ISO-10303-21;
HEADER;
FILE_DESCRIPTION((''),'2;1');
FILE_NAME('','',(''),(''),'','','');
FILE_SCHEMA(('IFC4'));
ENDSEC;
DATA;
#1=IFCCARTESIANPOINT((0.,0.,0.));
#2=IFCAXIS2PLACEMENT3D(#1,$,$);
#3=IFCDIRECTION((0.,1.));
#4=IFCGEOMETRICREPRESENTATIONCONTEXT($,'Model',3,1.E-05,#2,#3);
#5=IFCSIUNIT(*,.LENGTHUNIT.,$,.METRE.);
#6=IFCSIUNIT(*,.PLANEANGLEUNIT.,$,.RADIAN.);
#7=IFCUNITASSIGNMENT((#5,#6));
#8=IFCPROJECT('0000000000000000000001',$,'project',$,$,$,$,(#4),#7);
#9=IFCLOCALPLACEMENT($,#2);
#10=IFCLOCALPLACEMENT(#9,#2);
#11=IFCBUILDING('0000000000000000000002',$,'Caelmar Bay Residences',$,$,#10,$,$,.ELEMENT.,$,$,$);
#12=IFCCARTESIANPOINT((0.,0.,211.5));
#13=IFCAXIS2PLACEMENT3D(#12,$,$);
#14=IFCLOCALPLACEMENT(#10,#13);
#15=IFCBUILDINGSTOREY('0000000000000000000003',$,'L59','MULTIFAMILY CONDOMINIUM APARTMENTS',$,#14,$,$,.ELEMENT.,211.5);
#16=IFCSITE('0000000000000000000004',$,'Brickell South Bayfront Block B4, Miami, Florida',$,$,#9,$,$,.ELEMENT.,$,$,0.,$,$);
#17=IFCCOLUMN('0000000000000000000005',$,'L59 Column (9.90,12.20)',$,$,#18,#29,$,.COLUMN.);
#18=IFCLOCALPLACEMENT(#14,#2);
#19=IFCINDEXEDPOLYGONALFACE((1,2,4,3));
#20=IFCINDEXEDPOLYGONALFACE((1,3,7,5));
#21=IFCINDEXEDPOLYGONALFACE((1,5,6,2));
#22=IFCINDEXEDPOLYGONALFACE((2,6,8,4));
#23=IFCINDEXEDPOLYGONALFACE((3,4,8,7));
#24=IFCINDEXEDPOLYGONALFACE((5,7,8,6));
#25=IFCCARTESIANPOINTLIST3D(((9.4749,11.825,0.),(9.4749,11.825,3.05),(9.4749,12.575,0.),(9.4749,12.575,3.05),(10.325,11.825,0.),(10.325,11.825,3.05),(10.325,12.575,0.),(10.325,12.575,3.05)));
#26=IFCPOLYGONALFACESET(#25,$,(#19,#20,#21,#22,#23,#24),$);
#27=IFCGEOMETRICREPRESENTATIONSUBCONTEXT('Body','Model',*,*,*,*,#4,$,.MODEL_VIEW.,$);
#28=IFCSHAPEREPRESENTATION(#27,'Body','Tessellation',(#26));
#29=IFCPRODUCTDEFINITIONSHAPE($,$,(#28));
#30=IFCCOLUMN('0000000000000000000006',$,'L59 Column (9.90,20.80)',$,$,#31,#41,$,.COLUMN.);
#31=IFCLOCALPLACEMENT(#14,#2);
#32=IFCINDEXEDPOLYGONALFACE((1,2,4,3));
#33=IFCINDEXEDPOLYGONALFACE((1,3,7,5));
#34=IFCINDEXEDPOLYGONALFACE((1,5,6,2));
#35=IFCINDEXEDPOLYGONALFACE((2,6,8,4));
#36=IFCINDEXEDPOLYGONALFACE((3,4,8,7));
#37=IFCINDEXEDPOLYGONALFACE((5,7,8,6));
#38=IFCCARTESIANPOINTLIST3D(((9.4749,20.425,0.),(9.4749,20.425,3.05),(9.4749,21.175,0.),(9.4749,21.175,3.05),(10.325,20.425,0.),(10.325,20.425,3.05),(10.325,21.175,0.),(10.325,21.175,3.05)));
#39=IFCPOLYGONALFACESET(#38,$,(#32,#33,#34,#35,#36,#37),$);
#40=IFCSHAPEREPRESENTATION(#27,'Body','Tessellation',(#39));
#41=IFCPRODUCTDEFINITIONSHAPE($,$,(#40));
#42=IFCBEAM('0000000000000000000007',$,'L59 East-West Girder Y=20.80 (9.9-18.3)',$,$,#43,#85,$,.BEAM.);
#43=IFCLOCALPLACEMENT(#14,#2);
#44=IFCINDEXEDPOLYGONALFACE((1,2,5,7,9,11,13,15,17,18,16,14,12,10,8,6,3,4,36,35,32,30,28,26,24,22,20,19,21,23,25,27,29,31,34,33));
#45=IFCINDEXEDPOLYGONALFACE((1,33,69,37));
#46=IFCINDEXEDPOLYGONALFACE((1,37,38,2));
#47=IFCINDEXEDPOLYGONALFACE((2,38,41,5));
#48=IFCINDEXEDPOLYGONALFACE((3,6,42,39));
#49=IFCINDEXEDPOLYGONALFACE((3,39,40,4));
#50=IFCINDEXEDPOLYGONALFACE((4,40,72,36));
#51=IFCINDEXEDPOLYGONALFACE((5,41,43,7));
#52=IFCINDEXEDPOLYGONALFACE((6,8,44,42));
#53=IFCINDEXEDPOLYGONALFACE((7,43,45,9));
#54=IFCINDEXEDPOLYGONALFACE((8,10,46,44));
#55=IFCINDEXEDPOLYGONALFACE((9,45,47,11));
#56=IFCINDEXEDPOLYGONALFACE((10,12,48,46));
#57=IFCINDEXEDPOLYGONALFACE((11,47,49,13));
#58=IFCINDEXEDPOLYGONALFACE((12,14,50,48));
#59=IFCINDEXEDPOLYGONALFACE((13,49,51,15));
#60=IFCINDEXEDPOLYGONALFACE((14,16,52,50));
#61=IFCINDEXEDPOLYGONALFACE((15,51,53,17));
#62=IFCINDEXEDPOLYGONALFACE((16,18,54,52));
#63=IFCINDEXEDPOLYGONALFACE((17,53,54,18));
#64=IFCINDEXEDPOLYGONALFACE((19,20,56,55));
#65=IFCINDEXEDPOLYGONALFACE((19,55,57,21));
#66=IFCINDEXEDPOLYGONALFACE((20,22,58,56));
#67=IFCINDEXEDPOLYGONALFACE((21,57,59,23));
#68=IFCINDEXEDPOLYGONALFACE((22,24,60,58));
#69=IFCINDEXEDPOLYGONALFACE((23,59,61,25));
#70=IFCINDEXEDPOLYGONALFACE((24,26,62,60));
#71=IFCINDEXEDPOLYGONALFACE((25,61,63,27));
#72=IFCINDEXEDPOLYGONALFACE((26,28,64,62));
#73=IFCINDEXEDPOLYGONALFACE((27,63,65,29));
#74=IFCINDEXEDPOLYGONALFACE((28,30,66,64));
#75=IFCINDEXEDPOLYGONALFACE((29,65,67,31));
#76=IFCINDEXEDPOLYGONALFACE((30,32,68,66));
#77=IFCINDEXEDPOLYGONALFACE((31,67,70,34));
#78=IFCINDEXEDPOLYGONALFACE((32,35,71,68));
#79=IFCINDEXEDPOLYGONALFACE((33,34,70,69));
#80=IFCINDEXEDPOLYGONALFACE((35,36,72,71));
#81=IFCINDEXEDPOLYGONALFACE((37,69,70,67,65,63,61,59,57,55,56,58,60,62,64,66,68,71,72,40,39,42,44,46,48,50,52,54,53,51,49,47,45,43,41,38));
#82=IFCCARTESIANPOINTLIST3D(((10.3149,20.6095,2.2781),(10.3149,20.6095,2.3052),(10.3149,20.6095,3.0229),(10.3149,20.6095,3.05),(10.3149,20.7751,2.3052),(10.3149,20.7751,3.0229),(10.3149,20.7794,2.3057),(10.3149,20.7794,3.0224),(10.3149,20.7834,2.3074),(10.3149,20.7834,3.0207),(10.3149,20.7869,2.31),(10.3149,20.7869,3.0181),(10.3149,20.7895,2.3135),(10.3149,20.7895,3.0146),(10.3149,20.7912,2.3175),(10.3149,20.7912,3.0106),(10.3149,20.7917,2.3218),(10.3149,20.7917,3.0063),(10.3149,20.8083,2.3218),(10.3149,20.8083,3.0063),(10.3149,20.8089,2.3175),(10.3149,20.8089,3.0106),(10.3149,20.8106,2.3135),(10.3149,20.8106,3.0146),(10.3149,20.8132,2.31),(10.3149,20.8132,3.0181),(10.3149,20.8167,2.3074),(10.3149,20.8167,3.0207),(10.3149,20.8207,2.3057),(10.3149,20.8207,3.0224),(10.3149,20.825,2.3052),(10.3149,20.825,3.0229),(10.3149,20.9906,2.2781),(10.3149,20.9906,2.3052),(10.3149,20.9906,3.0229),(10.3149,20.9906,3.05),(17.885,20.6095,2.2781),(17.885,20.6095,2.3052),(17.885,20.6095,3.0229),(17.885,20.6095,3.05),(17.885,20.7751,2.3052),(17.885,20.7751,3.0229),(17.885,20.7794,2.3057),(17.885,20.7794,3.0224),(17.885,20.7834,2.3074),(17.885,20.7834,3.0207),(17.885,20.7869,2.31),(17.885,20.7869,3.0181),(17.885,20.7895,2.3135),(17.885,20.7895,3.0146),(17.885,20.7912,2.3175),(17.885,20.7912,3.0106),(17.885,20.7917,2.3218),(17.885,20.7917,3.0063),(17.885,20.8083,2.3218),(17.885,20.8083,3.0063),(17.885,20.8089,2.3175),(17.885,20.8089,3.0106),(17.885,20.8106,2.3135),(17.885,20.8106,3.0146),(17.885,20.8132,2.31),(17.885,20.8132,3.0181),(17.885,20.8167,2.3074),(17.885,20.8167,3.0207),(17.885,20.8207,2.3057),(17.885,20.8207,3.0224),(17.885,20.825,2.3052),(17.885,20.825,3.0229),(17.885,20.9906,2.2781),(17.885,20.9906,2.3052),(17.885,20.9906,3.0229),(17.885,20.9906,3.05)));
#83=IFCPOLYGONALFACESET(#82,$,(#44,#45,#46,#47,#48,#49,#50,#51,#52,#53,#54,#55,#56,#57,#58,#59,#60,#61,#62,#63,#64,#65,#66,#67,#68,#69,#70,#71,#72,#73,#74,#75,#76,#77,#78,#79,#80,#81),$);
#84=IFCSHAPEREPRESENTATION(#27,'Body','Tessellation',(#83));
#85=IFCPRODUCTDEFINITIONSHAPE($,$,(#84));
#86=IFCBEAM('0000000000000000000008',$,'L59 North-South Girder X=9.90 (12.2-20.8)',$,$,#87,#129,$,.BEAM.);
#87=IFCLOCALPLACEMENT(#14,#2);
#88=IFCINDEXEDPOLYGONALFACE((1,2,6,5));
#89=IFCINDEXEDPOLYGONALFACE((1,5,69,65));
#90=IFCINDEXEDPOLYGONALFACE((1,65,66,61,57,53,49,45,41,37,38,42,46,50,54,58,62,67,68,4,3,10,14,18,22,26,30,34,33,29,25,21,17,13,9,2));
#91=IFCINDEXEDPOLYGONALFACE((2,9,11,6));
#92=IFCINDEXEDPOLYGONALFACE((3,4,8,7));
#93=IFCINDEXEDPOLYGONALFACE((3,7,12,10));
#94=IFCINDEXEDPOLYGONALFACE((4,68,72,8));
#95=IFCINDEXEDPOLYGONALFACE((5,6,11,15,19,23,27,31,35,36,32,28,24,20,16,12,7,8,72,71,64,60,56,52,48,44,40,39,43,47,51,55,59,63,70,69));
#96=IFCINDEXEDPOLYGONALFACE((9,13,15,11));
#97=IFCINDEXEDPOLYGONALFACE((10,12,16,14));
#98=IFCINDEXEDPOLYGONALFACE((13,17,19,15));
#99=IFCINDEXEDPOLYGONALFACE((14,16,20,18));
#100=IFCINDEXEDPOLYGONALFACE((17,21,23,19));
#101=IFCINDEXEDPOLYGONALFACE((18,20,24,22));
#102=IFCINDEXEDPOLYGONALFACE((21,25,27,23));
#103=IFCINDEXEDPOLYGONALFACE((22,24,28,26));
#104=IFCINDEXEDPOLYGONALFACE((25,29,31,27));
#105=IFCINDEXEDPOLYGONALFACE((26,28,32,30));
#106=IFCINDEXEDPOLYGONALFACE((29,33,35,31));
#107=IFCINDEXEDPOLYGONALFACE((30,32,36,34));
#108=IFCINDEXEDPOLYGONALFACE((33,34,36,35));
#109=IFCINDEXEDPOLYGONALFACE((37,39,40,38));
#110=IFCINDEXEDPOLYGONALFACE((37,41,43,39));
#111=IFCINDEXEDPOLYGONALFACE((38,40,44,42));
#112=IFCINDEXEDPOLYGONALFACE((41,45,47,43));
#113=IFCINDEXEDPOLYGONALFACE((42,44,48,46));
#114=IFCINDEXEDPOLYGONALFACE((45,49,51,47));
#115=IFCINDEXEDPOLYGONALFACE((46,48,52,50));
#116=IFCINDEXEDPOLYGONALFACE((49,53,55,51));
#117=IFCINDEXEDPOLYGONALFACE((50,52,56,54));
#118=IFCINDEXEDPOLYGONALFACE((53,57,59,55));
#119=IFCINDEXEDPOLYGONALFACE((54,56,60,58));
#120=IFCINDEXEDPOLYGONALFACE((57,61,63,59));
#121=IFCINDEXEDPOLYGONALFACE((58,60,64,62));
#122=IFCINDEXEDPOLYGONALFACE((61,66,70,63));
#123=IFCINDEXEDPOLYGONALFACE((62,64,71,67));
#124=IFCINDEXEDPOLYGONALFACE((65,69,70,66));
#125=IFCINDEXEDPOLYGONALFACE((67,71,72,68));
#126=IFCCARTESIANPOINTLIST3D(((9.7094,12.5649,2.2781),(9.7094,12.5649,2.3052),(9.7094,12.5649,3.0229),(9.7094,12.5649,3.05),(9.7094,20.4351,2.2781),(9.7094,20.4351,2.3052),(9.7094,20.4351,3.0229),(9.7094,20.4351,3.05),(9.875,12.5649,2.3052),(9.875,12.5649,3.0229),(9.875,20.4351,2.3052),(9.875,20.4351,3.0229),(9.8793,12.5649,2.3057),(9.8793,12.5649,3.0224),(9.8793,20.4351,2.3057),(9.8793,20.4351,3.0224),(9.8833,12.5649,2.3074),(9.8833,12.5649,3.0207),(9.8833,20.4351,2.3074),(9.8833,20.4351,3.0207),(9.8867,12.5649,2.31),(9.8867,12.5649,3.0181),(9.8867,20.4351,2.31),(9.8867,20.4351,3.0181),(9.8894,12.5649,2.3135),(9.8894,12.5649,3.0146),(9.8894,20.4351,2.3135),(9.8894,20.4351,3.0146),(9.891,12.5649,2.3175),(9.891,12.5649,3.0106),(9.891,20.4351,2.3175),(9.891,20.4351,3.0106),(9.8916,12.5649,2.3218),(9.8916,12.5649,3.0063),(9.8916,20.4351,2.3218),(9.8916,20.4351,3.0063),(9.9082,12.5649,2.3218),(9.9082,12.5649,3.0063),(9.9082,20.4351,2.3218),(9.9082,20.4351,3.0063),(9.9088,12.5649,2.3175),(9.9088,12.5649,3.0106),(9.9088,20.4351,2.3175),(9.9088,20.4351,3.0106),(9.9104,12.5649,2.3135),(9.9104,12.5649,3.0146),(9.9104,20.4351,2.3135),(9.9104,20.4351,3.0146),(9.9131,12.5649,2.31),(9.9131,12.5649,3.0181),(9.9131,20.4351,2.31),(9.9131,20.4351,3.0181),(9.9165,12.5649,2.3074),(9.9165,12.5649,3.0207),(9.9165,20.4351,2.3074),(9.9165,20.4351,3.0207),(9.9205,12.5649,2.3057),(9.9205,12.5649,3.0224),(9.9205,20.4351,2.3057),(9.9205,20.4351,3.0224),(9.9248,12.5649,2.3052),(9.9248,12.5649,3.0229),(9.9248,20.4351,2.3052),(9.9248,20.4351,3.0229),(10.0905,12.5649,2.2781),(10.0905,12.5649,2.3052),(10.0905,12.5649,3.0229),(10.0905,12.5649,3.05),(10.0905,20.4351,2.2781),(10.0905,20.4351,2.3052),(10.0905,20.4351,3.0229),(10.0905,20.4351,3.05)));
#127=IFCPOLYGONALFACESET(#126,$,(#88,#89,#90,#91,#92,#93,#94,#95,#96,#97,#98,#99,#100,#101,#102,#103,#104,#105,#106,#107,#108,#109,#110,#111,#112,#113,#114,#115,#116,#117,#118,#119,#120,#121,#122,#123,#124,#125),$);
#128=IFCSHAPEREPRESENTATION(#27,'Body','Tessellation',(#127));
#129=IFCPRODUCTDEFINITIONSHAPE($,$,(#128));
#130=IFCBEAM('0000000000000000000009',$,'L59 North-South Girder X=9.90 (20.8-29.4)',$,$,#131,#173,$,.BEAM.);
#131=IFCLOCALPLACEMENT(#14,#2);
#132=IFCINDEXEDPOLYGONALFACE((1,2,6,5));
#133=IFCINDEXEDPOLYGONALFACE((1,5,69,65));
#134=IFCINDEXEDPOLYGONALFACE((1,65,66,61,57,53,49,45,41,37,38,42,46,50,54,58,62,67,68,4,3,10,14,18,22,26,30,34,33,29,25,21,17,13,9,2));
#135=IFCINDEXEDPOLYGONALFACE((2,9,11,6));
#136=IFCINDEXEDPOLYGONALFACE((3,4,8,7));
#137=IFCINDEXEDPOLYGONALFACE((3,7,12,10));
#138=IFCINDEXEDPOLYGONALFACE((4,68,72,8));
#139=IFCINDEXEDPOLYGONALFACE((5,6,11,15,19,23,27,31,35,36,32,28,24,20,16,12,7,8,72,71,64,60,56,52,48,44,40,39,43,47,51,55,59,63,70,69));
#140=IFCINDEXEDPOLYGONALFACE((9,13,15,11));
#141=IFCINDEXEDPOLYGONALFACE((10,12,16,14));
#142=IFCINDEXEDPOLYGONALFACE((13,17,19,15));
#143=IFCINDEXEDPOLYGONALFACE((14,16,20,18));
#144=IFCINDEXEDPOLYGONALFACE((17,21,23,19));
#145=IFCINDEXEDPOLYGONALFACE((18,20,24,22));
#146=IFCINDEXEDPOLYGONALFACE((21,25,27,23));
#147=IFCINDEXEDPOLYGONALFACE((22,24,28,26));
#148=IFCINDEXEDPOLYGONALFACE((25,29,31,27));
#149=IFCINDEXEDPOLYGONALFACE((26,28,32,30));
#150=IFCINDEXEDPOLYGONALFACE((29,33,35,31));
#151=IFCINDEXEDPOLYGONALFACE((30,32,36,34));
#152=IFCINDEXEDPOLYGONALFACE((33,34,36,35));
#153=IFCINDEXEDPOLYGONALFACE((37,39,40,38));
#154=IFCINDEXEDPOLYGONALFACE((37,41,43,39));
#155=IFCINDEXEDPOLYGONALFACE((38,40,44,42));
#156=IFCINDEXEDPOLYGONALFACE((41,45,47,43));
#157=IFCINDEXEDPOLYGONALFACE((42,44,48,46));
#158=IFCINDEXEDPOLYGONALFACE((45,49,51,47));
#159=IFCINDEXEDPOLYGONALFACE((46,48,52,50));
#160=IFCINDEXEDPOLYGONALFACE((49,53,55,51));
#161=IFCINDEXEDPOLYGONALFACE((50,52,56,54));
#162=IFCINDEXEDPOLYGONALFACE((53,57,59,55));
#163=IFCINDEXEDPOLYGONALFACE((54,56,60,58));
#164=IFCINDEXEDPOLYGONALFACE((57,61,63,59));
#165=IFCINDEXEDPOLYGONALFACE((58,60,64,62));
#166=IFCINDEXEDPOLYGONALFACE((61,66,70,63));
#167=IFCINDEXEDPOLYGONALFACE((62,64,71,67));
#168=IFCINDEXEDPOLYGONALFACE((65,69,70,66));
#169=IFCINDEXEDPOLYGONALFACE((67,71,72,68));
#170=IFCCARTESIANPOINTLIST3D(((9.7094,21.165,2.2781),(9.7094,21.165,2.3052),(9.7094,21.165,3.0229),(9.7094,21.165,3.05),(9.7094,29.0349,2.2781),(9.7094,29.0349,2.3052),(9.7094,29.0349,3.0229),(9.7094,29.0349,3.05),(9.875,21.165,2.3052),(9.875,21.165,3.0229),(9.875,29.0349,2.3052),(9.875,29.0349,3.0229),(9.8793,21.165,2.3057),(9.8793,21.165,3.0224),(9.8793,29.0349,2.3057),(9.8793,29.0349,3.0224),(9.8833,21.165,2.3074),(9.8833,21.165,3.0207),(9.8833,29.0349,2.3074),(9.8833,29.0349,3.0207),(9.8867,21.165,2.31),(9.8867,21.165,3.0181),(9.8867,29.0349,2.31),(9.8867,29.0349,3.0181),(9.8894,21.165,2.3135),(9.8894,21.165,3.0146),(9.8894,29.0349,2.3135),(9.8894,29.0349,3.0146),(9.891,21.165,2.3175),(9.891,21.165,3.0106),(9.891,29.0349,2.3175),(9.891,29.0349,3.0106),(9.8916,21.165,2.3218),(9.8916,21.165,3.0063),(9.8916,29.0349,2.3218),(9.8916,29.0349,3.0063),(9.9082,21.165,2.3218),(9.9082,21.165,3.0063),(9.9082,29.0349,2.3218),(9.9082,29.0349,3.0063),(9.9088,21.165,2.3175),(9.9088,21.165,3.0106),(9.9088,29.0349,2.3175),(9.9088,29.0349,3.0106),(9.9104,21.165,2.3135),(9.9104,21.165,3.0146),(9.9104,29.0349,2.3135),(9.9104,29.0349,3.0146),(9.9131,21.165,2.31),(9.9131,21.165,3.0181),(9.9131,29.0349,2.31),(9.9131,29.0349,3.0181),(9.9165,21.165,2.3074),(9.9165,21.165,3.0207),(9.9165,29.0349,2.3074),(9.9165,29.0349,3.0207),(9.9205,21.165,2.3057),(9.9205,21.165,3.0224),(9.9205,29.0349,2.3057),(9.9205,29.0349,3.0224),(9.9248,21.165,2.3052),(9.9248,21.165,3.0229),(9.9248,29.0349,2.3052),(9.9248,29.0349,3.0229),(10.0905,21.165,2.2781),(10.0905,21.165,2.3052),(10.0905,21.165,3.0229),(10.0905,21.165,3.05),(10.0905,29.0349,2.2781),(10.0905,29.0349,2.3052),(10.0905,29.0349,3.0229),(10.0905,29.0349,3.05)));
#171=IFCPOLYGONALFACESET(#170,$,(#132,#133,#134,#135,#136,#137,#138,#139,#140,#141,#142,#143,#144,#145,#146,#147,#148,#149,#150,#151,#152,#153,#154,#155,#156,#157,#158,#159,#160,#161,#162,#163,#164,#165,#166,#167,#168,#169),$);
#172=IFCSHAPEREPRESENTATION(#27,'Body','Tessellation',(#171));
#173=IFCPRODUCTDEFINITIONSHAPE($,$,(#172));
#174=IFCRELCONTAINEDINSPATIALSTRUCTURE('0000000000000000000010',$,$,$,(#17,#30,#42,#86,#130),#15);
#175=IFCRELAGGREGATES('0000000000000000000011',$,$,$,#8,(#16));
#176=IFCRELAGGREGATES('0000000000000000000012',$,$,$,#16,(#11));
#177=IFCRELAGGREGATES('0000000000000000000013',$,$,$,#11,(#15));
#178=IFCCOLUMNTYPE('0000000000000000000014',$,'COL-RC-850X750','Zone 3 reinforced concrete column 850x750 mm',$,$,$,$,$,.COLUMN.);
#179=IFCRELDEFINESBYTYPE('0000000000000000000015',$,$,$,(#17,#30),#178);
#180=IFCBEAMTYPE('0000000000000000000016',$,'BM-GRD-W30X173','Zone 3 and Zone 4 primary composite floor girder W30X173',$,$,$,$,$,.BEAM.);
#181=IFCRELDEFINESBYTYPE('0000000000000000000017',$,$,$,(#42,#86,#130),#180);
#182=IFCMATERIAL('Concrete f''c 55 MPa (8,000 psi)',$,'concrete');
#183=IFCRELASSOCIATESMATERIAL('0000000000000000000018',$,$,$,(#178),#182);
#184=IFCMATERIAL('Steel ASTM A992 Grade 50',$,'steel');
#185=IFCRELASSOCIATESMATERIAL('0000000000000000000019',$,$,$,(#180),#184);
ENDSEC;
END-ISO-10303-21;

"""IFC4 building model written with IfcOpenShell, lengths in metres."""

from ifc_helpers import new_model, si_unit, direction, frame, origin, origin_2d, place, context, subcontext, project, spatial, rectangle, i_section, extrude, material, material_profile, profile_set, type_object, element, save


model = new_model("IFC4")

# Units and contexts
model_context = context("Model", 3, precision=1e-05, world=origin(), true_north=direction((0.0, 1.0)))
body_context = subcontext(model_context, "Body", "Model", "MODEL_VIEW")
ifc_project = project(units=[si_unit("LENGTHUNIT", "METRE"), si_unit("PLANEANGLEUNIT", "RADIAN")], contexts=[model_context])

# Site, building, storey
site_placement = place(None, origin())
site = spatial("IfcSite", under=ifc_project, at=site_placement, Name="Brickell South Bayfront Block B4, Miami, Florida", CompositionType="ELEMENT", RefElevation=0.0)
building_placement = place(site_placement, origin())
building = spatial("IfcBuilding", under=site, at=building_placement, Name="Caelmar Bay Residences", CompositionType="ELEMENT")
storey_placement = place(building_placement, frame((0.0, 0.0, 211.5)))
storey = spatial("IfcBuildingStorey", under=building, at=storey_placement, Name="L59", Description="MULTIFAMILY CONDOMINIUM APARTMENTS", CompositionType="ELEMENT", Elevation=211.5)

# Columns
ifc_material_1 = material(Name="Concrete f'c 55 MPa (8,000 psi)", Category="concrete")
ifc_material_profile_1 = material_profile(ifc_material_1, rectangle(XDim=0.8501, YDim=0.75, at=origin_2d()), Name="RC-COL-850X750")
ifc_profile_set_1 = profile_set([ifc_material_profile_1], Name="Concrete f'c 55 MPa (8,000 psi)")
column_type = type_object("IfcColumnType", Name="COL-RC-850X750", Description="Zone 3 reinforced concrete column 850x750 mm", PredefinedType="COLUMN", material=ifc_profile_set_1)
for number, where, z_axis, x_axis, name in (
    (1, (9.8999, 12.2, 0.0), (0.0, 0.0, 1.0), (1.0, 0.0, 0.0), "L59 Column (9.90,12.20)"),
    (2, (9.8999, 20.8, 0.0), (0.0, 0.0, 1.0), (1.0, 0.0, 0.0), "L59 Column (9.90,20.80)"),
):
    element("IfcColumn", number, at=place(storey_placement, frame(where, z_axis=z_axis, x_axis=x_axis)), inside=storey, type_object=column_type, Name=name, PredefinedType="COLUMN", context=body_context, shape_type="SweptSolid", body=[
        extrude(rectangle(XDim=0.8501, YDim=0.75, at=origin_2d()), origin(), (0.0, 0.0, 1.0), 3.05),
    ])

# Beams
ifc_material_2 = material(Name="Steel ASTM A992 Grade 50", Category="steel")
ifc_material_profile_2 = material_profile(ifc_material_2, i_section(OverallWidth=0.3811, OverallDepth=0.772, WebThickness=0.0166, FlangeThickness=0.0271, FilletRadius=0.0166, at=origin_2d()), Name="W30X173")
ifc_profile_set_2 = profile_set([ifc_material_profile_2], Name="Steel ASTM A992 Grade 50")
beam_type_1 = type_object("IfcBeamType", Name="BM-GRD-W30X173", Description="Zone 3 and Zone 4 primary composite floor girder W30X173", PredefinedType="BEAM", material=ifc_profile_set_2)
beam_1_placement = place(storey_placement, frame((10.3149, 20.8, 2.6641), z_axis=(1.0, 0.0, 0.0), x_axis=(0.0, 1.0, 0.0)))
element("IfcBeam", 3, at=beam_1_placement, inside=storey, type_object=beam_type_1, Name="L59 East-West Girder Y=20.80 (9.9-18.3)", PredefinedType="BEAM", context=body_context, shape_type="SweptSolid", body=[
    extrude(i_section(OverallWidth=0.3811, OverallDepth=0.772, WebThickness=0.0166, FlangeThickness=0.0271, FilletRadius=0.0166, at=origin_2d()), origin(), (0.0, 0.0, 1.0), 7.5701),
])
beam_2_placement = place(storey_placement, frame((9.8999, 12.5649, 2.6641), z_axis=(0.0, 1.0, 0.0), x_axis=(-1.0, 0.0, 0.0)))
element("IfcBeam", 4, at=beam_2_placement, inside=storey, type_object=beam_type_1, Name="L59 North-South Girder X=9.90 (12.2-20.8)", PredefinedType="BEAM", context=body_context, shape_type="SweptSolid", body=[
    extrude(i_section(OverallWidth=0.3811, OverallDepth=0.772, WebThickness=0.0166, FlangeThickness=0.0271, FilletRadius=0.0166, at=origin_2d()), origin(), (0.0, 0.0, 1.0), 7.8701),
])
beam_3_placement = place(storey_placement, frame((9.8999, 21.165, 2.6641), z_axis=(0.0, 1.0, 0.0), x_axis=(-1.0, 0.0, 0.0)))
element("IfcBeam", 5, at=beam_3_placement, inside=storey, type_object=beam_type_1, Name="L59 North-South Girder X=9.90 (20.8-29.4)", PredefinedType="BEAM", context=body_context, shape_type="SweptSolid", body=[
    extrude(i_section(OverallWidth=0.3811, OverallDepth=0.772, WebThickness=0.0166, FlangeThickness=0.0271, FilletRadius=0.0166, at=origin_2d()), origin(), (0.0, 0.0, 1.0), 7.8699),
])

save(model, "model.ifc")
